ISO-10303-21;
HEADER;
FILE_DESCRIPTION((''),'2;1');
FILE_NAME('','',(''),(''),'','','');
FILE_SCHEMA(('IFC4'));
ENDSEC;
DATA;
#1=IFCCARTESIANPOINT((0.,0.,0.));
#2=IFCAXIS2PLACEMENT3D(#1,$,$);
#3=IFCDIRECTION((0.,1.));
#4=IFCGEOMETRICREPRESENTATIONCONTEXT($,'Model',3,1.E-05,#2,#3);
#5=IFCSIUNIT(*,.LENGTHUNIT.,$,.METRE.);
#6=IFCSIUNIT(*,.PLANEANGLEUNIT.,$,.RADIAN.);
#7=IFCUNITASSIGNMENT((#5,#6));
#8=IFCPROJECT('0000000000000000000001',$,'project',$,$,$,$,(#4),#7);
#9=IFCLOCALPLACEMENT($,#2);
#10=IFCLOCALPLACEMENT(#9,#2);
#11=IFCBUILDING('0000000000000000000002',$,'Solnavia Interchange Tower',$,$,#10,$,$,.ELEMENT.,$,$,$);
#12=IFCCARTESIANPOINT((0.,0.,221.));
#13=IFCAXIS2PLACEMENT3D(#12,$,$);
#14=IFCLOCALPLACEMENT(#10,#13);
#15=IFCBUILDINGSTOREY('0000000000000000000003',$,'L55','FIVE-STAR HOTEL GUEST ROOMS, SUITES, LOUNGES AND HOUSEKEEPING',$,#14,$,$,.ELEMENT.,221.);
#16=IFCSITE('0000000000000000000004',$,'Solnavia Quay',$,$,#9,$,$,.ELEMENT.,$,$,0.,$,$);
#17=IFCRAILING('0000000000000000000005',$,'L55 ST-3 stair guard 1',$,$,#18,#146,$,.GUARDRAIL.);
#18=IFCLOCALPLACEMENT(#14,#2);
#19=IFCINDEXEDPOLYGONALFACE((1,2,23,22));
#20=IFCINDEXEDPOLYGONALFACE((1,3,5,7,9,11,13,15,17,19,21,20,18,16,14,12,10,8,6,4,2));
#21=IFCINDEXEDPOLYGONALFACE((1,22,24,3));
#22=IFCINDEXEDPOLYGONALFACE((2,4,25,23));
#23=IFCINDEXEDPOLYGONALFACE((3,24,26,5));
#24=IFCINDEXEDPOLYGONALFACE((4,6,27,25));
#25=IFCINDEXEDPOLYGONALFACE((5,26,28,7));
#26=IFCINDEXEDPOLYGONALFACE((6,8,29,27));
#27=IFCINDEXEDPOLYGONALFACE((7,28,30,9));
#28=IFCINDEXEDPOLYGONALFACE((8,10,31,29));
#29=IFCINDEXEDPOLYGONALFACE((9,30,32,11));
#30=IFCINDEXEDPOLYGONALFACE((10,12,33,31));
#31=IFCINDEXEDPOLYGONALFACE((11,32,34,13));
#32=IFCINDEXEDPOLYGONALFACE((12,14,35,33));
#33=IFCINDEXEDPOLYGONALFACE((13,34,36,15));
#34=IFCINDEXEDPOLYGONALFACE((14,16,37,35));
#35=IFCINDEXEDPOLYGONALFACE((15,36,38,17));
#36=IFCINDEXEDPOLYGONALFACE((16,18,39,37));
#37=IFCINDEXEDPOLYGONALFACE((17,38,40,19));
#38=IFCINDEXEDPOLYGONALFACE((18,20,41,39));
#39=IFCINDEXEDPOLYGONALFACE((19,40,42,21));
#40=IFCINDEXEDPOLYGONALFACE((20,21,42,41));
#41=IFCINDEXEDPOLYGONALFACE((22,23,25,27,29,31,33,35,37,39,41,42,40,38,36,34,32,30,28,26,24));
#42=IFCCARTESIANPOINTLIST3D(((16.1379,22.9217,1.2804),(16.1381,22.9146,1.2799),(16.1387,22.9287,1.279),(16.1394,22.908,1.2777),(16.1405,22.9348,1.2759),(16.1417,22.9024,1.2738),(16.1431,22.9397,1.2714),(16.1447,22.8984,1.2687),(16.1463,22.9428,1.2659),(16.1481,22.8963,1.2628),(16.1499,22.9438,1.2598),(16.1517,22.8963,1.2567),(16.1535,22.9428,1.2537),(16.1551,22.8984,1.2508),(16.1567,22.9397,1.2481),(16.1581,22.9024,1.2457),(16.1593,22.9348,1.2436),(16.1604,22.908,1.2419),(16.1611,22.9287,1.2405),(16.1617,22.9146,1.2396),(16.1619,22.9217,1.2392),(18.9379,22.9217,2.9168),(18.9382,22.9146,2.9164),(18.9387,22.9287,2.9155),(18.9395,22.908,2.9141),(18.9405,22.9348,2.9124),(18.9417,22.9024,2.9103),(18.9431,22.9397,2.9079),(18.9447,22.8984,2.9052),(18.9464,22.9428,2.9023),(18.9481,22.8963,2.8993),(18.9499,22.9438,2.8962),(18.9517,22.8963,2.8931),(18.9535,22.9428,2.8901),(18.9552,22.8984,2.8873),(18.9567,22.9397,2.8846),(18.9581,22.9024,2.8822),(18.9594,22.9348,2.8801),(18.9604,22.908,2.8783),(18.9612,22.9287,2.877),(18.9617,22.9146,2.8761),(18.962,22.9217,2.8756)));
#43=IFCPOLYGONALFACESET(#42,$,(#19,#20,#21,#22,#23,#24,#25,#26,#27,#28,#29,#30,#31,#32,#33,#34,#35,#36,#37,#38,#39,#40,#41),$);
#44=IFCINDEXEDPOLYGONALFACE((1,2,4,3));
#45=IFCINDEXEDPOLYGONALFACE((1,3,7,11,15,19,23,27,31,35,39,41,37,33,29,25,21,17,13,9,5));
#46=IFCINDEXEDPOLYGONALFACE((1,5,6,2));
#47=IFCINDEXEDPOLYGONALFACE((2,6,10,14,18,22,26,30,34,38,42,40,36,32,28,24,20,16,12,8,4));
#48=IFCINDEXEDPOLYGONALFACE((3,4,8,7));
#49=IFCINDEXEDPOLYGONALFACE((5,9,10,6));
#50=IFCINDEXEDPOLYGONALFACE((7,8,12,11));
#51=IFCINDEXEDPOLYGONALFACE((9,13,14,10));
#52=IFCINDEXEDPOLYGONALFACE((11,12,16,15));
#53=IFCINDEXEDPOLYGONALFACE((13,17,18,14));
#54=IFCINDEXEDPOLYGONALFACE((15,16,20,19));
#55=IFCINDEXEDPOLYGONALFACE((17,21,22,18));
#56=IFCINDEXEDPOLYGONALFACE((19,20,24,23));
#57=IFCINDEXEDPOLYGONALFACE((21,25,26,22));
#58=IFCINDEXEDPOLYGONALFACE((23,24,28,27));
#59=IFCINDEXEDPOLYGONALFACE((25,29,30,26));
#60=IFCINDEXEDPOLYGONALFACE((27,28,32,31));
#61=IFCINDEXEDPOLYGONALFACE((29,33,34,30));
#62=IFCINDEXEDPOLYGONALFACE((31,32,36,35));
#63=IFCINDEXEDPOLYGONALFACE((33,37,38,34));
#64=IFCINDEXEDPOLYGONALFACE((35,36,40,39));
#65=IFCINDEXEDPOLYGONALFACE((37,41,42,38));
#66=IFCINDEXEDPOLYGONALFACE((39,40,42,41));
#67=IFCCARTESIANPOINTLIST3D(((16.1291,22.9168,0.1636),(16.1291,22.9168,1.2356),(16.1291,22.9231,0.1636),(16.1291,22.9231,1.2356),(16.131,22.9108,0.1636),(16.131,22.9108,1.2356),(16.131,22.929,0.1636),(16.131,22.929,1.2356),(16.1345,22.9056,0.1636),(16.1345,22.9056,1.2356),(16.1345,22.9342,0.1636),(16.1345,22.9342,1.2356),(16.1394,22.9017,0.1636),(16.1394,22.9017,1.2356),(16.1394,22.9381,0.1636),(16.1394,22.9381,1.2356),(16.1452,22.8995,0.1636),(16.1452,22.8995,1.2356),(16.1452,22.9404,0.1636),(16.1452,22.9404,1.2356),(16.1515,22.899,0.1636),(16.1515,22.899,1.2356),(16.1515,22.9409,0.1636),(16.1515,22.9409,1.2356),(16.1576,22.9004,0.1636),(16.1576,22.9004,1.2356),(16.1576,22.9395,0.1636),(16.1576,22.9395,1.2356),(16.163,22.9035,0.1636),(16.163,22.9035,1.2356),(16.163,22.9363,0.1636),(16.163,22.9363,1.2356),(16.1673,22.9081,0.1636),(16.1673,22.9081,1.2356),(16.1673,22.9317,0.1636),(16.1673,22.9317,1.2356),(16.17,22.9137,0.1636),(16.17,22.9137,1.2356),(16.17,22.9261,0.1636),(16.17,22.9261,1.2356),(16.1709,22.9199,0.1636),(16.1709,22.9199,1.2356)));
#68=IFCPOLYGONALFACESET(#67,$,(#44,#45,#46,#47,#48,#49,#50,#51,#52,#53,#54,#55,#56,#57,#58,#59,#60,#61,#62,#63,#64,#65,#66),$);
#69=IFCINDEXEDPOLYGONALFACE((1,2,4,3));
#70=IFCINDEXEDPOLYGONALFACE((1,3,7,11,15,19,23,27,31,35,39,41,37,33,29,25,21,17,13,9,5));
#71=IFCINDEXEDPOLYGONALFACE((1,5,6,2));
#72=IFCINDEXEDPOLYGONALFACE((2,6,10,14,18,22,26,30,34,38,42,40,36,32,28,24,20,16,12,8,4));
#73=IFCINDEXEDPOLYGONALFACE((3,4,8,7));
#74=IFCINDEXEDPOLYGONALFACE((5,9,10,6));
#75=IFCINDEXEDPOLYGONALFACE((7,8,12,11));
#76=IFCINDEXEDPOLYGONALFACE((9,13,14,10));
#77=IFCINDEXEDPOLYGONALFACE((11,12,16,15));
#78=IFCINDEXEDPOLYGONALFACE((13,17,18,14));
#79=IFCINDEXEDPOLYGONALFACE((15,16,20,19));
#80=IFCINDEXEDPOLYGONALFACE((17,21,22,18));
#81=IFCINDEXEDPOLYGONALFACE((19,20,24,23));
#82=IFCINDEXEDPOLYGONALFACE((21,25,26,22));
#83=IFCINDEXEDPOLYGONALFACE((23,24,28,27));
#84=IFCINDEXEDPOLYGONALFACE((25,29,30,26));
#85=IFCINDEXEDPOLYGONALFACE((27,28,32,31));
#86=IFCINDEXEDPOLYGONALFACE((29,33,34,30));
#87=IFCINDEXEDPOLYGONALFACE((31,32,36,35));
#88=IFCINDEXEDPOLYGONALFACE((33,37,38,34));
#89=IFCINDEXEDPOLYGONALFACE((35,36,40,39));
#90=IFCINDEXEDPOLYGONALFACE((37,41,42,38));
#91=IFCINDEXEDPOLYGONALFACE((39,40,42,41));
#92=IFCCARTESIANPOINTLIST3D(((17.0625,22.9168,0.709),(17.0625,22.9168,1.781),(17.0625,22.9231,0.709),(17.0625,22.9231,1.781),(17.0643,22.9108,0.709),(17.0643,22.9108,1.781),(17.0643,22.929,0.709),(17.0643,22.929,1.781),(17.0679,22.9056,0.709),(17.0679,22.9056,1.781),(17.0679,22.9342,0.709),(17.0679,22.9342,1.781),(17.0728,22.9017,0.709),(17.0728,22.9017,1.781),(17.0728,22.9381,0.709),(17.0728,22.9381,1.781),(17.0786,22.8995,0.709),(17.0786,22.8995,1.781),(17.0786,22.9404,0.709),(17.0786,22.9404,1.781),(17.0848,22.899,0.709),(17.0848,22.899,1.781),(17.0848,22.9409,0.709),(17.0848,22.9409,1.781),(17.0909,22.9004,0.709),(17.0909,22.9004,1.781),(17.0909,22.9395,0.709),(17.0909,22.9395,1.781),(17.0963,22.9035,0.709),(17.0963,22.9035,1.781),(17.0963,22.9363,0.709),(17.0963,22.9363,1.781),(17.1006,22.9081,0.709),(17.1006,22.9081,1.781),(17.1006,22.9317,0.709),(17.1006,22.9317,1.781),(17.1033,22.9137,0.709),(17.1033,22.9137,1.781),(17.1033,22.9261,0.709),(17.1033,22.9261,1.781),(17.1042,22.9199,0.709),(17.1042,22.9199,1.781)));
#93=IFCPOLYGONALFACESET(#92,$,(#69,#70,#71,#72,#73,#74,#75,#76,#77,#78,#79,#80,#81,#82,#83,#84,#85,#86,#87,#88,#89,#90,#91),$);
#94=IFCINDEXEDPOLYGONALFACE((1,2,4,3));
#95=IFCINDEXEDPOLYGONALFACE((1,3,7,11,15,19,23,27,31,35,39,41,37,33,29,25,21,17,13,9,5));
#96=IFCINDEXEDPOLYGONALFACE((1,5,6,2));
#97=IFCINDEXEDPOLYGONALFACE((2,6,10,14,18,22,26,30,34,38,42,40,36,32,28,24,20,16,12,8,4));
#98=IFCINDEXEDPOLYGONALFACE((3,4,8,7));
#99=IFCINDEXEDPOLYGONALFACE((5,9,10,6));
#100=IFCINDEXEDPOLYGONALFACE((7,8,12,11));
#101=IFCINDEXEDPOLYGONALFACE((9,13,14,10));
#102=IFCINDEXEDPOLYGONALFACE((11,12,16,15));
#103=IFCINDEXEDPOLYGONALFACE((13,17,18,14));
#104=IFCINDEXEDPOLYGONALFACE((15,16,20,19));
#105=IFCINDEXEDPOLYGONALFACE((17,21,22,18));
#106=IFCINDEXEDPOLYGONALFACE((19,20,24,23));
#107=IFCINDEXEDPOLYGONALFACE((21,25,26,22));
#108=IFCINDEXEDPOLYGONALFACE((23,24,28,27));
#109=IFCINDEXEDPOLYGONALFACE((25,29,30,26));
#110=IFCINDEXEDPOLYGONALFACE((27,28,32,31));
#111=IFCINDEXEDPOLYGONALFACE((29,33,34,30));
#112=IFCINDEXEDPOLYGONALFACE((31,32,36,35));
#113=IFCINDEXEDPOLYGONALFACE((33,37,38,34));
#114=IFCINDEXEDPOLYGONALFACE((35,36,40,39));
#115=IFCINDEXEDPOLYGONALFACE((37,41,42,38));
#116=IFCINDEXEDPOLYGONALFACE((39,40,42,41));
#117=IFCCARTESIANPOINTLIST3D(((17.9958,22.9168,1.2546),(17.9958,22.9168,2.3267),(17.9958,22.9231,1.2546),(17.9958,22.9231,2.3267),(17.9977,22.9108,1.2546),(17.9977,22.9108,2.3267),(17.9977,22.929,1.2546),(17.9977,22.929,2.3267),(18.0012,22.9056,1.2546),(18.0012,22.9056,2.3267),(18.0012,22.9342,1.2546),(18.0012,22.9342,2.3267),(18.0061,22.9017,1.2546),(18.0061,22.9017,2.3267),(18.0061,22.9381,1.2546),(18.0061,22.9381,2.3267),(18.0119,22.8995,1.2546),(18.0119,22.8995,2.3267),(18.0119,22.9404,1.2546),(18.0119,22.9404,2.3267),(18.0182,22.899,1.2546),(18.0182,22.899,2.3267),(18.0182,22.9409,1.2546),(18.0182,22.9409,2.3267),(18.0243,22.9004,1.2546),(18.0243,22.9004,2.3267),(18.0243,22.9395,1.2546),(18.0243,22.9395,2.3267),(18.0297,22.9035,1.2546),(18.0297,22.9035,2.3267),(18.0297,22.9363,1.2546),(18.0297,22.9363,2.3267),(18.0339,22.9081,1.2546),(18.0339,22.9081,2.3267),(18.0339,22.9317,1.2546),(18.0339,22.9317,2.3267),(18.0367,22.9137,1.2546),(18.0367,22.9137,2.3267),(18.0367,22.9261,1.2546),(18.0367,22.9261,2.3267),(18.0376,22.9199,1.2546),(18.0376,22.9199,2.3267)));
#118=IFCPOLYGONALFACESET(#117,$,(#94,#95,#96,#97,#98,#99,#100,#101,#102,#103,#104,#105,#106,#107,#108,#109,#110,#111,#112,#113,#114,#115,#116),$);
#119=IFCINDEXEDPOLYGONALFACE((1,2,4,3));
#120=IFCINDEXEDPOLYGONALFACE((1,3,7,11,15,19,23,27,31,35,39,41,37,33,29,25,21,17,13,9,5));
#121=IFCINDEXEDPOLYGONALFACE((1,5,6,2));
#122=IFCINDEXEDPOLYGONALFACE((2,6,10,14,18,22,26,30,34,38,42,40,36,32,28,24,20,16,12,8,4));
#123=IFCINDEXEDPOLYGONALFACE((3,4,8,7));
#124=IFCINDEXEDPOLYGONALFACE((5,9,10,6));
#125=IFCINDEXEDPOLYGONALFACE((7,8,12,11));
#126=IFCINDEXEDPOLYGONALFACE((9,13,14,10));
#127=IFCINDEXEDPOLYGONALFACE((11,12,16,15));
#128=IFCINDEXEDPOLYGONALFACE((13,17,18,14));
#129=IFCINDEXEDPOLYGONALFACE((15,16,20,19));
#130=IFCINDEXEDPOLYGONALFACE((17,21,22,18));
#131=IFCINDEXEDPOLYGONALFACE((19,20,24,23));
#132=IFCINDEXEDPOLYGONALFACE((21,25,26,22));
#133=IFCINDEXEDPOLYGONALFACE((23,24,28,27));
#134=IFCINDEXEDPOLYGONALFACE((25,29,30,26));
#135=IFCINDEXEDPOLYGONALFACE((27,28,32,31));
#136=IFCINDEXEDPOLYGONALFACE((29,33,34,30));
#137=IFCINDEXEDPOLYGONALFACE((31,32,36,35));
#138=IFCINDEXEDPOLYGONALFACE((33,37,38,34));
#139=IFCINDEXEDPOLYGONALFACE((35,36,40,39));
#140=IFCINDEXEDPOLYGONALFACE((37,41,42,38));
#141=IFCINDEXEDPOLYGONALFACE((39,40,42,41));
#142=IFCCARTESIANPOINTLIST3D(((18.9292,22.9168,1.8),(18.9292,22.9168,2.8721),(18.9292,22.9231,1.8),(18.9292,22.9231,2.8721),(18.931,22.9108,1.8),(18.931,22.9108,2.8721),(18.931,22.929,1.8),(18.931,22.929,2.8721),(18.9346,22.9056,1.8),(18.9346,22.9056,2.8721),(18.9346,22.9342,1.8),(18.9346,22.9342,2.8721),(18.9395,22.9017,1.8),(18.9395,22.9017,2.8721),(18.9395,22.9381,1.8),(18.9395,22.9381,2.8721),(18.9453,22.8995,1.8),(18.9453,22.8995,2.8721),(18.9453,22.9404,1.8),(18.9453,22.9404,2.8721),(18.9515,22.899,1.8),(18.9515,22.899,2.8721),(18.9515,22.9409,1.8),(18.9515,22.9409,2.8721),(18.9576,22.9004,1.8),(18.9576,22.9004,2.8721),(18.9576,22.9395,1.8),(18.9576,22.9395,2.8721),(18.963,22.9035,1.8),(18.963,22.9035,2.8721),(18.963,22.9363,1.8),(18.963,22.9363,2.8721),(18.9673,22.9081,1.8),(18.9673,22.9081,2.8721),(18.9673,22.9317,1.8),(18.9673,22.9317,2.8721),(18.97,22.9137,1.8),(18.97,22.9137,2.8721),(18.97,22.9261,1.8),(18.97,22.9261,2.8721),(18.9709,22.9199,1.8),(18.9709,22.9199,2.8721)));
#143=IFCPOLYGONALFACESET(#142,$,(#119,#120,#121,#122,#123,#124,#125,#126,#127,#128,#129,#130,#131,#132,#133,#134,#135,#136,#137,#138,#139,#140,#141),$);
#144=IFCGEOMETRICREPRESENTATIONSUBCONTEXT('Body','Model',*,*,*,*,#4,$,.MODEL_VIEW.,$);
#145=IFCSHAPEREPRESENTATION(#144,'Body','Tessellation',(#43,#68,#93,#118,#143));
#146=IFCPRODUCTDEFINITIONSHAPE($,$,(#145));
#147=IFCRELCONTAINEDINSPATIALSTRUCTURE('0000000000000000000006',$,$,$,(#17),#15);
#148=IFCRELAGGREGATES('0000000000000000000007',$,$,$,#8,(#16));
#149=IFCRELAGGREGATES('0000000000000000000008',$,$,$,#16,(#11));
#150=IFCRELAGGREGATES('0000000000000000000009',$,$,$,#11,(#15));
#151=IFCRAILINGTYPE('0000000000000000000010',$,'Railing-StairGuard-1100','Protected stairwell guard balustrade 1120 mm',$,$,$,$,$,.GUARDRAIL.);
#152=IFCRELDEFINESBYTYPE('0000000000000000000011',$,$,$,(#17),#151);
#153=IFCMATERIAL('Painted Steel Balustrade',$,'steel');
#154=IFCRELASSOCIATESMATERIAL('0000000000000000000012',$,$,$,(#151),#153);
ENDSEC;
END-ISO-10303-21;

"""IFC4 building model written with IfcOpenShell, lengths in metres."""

from ifc_helpers import new_model, si_unit, direction, frame, origin, origin_2d, place, context, subcontext, project, spatial, circle, extrude, material, type_object, element, save


model = new_model("IFC4")

# Units and contexts
model_context = context("Model", 3, precision=1e-05, world=origin(), true_north=direction((0.0, 1.0)))
body_context = subcontext(model_context, "Body", "Model", "MODEL_VIEW")
ifc_project = project(units=[si_unit("LENGTHUNIT", "METRE"), si_unit("PLANEANGLEUNIT", "RADIAN")], contexts=[model_context])

# Site, building, storey
site_placement = place(None, origin())
site = spatial("IfcSite", under=ifc_project, at=site_placement, Name="Solnavia Quay", CompositionType="ELEMENT", RefElevation=0.0)
building_placement = place(site_placement, origin())
building = spatial("IfcBuilding", under=site, at=building_placement, Name="Solnavia Interchange Tower", CompositionType="ELEMENT")
storey_placement = place(building_placement, frame((0.0, 0.0, 221.0)))
storey = spatial("IfcBuildingStorey", under=building, at=storey_placement, Name="L55", Description="FIVE-STAR HOTEL GUEST ROOMS, SUITES, LOUNGES AND HOUSEKEEPING", CompositionType="ELEMENT", Elevation=221.0)

# Railing
ifc_material_1 = material(Name="Painted Steel Balustrade", Category="steel")
railing_type_1 = type_object("IfcRailingType", Name="Railing-StairGuard-1100", Description="Protected stairwell guard balustrade 1120 mm", PredefinedType="GUARDRAIL", material=ifc_material_1)
railing_1_placement = place(storey_placement, frame((16.1499, 22.9199, 0.1636)))
element("IfcRailing", 1, at=railing_1_placement, inside=storey, type_object=railing_type_1, Name="L55 ST-3 stair guard 1", PredefinedType="GUARDRAIL", context=body_context, shape_type="SweptSolid", body=[
    extrude(circle(Radius=0.0239, at=origin_2d()), frame((0.0, 0.0, 1.0962), z_axis=(0.863361, 0.0, 0.504587), x_axis=(0.0, 1.0, 0.0)), (0.0, 0.0, 1.0), 3.2432),
    extrude(circle(Radius=0.021, at=origin_2d()), origin(), (0.0, 0.0, 1.0), 1.072),
    extrude(circle(Radius=0.021, at=origin_2d()), frame((0.9333, 0.0, 0.5454)), (0.0, 0.0, 1.0), 1.072),
    extrude(circle(Radius=0.021, at=origin_2d()), frame((1.8667, 0.0, 1.0911)), (0.0, 0.0, 1.0), 1.072),
    extrude(circle(Radius=0.021, at=origin_2d()), frame((2.8, 0.0, 1.6365)), (0.0, 0.0, 1.0), 1.072),
])

save(model, "model.ifc")
